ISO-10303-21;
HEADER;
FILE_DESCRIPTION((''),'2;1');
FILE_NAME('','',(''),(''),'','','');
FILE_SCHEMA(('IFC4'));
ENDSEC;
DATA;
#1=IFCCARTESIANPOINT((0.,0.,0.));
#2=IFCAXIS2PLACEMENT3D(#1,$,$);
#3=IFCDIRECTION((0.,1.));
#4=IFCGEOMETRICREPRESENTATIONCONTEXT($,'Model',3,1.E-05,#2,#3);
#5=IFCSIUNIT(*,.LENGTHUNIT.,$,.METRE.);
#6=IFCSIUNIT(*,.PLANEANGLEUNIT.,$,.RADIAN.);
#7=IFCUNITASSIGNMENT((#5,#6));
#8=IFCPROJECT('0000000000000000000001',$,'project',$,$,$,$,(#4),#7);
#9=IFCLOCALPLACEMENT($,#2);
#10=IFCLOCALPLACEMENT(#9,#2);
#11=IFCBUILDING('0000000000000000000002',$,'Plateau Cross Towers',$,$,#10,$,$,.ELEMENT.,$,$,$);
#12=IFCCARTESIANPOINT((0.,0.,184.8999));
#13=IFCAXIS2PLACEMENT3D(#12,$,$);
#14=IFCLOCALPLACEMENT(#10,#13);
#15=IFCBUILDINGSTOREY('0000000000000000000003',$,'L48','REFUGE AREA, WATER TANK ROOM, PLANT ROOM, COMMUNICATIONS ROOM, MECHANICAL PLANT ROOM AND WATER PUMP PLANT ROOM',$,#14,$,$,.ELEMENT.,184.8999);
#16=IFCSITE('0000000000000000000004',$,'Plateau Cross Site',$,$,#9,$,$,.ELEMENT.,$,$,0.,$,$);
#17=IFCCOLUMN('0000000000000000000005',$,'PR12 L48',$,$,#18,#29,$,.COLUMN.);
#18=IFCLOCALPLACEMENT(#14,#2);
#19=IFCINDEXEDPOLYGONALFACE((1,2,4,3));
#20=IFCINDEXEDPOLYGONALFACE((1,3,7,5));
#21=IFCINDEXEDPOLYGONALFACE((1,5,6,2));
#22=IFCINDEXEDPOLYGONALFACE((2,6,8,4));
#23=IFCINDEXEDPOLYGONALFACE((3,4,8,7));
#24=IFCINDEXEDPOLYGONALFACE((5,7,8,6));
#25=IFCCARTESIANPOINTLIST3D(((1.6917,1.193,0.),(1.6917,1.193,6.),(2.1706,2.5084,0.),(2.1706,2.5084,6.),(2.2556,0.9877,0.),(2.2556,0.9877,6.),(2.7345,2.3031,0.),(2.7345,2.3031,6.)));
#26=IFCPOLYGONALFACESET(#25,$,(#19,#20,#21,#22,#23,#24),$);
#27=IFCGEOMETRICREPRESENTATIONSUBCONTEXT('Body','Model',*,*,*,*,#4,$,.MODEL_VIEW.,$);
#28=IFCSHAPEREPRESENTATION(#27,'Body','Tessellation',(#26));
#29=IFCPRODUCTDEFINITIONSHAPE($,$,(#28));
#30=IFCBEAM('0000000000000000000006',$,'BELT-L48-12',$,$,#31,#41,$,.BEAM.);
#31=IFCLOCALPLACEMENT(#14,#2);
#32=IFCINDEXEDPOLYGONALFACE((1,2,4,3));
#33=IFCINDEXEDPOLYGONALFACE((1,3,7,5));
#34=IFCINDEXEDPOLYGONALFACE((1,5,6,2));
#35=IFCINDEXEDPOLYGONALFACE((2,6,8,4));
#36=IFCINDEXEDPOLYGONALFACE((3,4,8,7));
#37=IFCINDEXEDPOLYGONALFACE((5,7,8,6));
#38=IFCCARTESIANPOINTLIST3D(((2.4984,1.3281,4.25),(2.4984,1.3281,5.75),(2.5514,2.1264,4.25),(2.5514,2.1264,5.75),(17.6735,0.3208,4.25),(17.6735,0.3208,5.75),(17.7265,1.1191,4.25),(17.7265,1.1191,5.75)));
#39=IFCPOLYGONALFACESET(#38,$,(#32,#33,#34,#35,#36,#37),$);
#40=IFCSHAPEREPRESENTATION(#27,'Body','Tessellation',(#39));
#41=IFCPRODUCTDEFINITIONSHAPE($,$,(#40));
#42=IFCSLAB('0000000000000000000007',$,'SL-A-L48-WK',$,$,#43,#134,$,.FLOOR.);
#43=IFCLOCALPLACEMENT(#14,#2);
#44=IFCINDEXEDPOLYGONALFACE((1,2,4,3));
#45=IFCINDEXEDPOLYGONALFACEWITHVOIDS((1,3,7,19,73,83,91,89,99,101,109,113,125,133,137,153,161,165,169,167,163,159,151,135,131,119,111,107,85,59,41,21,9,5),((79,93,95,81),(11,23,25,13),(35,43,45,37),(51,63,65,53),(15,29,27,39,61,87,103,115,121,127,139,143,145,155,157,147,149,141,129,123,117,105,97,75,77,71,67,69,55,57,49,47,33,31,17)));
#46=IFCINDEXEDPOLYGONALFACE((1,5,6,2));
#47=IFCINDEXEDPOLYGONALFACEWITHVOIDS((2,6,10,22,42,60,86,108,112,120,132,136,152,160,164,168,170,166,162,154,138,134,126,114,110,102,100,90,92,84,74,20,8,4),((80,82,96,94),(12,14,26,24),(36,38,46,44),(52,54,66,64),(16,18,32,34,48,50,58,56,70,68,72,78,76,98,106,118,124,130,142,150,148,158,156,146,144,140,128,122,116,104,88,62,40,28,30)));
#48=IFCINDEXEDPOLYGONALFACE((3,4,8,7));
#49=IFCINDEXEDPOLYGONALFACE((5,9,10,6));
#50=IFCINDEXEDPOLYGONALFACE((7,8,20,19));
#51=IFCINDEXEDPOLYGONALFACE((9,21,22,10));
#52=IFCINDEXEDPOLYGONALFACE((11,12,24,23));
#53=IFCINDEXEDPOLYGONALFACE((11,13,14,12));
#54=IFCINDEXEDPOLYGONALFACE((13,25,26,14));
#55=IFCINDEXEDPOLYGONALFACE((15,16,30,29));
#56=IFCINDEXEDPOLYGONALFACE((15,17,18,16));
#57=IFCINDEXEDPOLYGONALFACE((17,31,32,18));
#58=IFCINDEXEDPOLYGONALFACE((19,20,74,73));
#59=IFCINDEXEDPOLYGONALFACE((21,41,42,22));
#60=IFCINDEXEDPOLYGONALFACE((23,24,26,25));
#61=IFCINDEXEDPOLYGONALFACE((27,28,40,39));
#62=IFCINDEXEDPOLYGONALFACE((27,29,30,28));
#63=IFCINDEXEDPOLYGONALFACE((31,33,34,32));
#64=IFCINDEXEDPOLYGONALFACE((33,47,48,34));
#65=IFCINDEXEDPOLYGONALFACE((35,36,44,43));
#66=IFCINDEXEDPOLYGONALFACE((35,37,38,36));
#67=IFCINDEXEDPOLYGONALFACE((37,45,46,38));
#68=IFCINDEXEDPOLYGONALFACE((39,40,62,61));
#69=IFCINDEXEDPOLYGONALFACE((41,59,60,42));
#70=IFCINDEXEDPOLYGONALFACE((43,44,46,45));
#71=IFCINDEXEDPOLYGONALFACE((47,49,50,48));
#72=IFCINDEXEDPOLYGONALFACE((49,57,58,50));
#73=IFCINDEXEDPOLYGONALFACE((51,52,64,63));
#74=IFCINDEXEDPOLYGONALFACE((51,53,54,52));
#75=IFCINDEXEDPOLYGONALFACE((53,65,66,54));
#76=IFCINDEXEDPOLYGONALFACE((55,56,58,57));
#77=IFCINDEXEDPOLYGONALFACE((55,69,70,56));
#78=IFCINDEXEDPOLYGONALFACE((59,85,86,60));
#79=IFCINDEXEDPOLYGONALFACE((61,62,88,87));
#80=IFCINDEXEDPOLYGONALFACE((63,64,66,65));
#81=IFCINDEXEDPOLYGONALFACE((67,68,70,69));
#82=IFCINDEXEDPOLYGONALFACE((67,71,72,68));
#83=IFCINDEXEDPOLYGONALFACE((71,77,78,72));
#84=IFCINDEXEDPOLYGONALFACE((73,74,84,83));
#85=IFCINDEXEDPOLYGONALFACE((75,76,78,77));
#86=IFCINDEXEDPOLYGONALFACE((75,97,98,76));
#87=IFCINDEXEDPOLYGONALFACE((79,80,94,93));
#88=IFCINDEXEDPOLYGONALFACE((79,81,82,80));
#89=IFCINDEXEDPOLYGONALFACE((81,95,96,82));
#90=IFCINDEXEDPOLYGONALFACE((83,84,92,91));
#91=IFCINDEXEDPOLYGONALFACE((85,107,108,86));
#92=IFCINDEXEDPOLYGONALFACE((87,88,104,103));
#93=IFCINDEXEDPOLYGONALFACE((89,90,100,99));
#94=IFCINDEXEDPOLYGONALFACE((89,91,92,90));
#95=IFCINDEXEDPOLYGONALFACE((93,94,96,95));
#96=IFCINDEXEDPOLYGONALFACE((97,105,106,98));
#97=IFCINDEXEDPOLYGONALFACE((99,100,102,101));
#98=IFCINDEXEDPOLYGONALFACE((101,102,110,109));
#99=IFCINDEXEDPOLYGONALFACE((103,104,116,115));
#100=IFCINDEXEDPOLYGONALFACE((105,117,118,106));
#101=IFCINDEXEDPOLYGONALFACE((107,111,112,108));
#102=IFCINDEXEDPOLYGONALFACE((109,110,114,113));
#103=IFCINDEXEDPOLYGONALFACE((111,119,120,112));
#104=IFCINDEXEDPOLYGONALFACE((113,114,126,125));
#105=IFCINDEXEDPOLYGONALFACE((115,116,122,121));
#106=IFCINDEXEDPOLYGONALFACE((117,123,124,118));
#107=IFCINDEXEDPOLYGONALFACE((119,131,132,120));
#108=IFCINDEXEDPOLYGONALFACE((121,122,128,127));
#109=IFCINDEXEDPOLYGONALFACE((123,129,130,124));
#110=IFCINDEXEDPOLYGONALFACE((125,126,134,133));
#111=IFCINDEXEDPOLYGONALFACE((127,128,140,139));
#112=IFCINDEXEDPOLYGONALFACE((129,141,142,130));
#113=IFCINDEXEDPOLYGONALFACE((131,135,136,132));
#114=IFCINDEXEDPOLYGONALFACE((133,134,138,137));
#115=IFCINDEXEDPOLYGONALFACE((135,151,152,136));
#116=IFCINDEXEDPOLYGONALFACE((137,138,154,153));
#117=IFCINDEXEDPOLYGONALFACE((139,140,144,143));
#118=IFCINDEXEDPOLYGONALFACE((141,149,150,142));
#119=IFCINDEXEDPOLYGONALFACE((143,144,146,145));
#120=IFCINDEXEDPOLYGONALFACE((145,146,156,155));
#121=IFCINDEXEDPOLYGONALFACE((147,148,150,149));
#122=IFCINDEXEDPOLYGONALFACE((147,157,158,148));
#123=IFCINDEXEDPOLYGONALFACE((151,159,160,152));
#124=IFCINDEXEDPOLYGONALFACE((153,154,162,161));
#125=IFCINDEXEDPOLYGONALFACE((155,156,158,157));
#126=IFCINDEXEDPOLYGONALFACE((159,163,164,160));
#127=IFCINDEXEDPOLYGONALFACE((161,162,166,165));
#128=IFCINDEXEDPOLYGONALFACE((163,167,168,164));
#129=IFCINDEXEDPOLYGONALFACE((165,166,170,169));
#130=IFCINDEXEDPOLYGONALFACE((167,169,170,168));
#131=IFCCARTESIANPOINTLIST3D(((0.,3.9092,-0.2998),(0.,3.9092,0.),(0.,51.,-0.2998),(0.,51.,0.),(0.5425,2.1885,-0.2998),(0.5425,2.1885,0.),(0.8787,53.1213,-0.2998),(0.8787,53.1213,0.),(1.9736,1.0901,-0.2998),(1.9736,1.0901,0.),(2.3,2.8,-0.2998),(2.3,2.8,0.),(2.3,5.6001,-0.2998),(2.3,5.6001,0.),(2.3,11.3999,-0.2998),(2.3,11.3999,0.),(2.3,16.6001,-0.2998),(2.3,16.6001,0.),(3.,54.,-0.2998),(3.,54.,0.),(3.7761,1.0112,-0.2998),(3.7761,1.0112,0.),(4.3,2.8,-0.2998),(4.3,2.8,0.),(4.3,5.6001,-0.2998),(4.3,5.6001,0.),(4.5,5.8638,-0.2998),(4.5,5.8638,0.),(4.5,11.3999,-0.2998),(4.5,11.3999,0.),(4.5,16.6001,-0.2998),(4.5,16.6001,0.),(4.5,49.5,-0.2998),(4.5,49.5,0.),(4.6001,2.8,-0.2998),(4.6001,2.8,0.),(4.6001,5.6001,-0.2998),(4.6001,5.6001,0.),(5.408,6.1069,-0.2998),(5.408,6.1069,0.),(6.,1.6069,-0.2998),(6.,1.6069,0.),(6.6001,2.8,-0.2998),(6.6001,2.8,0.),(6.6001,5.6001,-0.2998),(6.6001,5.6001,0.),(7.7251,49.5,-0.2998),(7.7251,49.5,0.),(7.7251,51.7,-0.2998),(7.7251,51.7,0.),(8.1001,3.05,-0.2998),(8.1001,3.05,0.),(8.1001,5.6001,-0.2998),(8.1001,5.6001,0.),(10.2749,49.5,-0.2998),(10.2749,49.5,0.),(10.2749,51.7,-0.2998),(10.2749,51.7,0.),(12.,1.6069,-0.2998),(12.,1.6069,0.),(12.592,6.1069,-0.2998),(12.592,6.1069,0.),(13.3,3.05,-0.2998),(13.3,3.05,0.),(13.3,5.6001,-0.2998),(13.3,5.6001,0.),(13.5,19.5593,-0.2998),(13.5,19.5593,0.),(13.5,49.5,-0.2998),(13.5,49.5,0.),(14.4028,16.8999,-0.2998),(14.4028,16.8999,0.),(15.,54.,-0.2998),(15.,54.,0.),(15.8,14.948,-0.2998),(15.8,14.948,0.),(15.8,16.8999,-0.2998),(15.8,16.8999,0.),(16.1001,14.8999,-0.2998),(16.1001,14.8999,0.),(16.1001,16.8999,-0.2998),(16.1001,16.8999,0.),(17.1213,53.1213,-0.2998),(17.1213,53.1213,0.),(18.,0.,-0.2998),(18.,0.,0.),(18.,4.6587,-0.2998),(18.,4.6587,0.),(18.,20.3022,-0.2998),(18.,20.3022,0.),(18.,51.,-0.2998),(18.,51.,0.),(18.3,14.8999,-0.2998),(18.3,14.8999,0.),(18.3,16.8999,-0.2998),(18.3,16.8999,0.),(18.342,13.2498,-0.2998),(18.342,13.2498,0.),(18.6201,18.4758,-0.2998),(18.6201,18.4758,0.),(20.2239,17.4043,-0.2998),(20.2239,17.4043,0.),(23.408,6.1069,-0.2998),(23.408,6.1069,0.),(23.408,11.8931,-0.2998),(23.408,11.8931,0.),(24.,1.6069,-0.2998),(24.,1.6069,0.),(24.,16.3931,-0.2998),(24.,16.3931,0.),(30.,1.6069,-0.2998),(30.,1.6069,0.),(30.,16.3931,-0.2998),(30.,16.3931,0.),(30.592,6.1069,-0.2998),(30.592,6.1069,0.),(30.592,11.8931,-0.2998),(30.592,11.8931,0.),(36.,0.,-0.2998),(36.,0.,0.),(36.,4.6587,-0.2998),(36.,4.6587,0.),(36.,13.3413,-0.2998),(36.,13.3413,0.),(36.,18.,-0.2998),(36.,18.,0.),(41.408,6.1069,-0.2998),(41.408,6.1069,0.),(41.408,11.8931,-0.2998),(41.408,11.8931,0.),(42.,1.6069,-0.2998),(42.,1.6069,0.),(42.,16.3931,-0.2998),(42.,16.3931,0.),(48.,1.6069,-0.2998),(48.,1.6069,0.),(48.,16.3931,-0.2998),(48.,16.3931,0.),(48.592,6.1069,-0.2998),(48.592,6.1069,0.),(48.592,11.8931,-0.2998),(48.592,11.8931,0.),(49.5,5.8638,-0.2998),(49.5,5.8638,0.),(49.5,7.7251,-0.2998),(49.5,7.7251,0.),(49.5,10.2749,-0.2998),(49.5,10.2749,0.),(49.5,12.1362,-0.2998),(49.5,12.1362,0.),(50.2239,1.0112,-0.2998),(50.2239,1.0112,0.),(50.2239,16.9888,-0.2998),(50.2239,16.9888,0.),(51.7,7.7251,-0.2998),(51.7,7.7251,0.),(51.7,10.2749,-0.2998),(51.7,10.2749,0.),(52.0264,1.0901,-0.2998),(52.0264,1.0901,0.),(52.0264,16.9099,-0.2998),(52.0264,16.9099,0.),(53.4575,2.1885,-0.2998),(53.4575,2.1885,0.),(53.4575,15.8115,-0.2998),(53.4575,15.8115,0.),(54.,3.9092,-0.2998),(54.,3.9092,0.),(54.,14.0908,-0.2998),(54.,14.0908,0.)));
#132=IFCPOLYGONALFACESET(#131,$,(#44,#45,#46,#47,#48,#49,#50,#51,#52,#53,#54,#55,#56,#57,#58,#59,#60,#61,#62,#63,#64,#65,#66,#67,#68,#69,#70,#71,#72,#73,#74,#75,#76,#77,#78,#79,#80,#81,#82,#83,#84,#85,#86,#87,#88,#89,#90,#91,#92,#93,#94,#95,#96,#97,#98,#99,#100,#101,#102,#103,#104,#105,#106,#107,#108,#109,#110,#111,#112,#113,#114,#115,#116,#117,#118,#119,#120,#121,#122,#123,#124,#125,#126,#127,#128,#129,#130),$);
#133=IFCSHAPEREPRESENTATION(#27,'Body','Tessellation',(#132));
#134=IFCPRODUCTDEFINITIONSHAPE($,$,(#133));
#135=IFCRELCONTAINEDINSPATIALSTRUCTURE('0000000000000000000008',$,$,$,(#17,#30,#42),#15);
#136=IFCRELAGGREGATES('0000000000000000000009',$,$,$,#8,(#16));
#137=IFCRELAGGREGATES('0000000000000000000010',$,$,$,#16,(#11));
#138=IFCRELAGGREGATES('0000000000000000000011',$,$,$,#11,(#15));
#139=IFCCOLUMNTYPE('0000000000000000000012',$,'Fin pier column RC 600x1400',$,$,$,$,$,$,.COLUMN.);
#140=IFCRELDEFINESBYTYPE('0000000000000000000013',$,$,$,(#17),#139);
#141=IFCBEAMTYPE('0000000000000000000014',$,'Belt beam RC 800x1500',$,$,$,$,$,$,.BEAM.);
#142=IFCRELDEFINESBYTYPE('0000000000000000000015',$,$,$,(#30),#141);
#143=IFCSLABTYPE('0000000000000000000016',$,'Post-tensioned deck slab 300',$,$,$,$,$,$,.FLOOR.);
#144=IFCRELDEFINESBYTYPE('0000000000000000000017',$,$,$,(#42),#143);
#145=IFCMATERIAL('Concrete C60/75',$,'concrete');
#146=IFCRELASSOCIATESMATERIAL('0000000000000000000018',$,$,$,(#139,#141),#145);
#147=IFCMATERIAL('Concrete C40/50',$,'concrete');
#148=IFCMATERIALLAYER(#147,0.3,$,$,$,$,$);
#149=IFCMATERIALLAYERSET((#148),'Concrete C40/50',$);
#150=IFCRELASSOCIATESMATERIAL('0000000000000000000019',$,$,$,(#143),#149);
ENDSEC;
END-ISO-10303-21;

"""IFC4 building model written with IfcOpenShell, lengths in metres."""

from ifc_helpers import new_model, si_unit, direction, frame, origin, origin_2d, place, context, subcontext, project, spatial, polyline, rectangle, outline, extrude, material, layer, layer_set, material_profile, profile_set, type_object, element, save


model = new_model("IFC4")

# Units and contexts
model_context = context("Model", 3, precision=1e-05, world=origin(), true_north=direction((0.0, 1.0)))
body_context = subcontext(model_context, "Body", "Model", "MODEL_VIEW")
ifc_project = project(units=[si_unit("LENGTHUNIT", "METRE"), si_unit("PLANEANGLEUNIT", "RADIAN")], contexts=[model_context])

# Site, building, storey
site_placement = place(None, origin())
site = spatial("IfcSite", under=ifc_project, at=site_placement, Name="Plateau Cross Site", CompositionType="ELEMENT", RefElevation=0.0)
building_placement = place(site_placement, origin())
building = spatial("IfcBuilding", under=site, at=building_placement, Name="Plateau Cross Towers", CompositionType="ELEMENT")
storey_placement = place(building_placement, frame((0.0, 0.0, 184.8999)))
storey = spatial("IfcBuildingStorey", under=building, at=storey_placement, Name="L48", Description="REFUGE AREA, WATER TANK ROOM, PLANT ROOM, COMMUNICATIONS ROOM, MECHANICAL PLANT ROOM AND WATER PUMP PLANT ROOM", CompositionType="ELEMENT", Elevation=184.8999)

# Column
ifc_material_1 = material(Name="Concrete C60/75", Category="concrete")
ifc_material_profile_1 = material_profile(ifc_material_1, rectangle(XDim=0.6001, YDim=1.3999, at=origin_2d()), Name="RC 600x1400")
ifc_profile_set_1 = profile_set([ifc_material_profile_1], Name="Concrete C60/75")
column_type = type_object("IfcColumnType", Name="Fin pier column RC 600x1400", PredefinedType="COLUMN", material=ifc_profile_set_1)
column_placement = place(storey_placement, frame((2.2131, 1.748, 0.0), z_axis=(0.0, 0.0, 1.0), x_axis=(-0.939664, 0.342098, 0.0)))
element("IfcColumn", 1, at=column_placement, inside=storey, type_object=column_type, Name="PR12 L48", PredefinedType="COLUMN", context=body_context, shape_type="SweptSolid", body=[
    extrude(rectangle(XDim=0.6001, YDim=1.3999, at=origin_2d()), origin(), (0.0, 0.0, 1.0), 6.0),
])

# Beam
ifc_material_profile_2 = material_profile(ifc_material_1, rectangle(XDim=0.8, YDim=1.5, at=origin_2d()), Name="RC 800x1500")
ifc_profile_set_2 = profile_set([ifc_material_profile_2], Name="Concrete C60/75")
beam_type = type_object("IfcBeamType", Name="Belt beam RC 800x1500", PredefinedType="BEAM", material=ifc_profile_set_2)
beam_placement = place(storey_placement, frame((2.5249, 1.7273, 5.0), z_axis=(0.997804, -0.066235, 0.0), x_axis=(0.066235, 0.997804, 0.0)))
element("IfcBeam", 2, at=beam_placement, inside=storey, type_object=beam_type, Name="BELT-L48-12", PredefinedType="BEAM", context=body_context, shape_type="SweptSolid", body=[
    extrude(rectangle(XDim=0.8, YDim=1.5, at=origin_2d()), origin(), (0.0, 0.0, 1.0), 15.2085),
])

# Slab
ifc_material_2 = material(Name="Concrete C40/50", Category="concrete")
ifc_layer_1 = layer(ifc_material_2, 0.3)
ifc_layer_set_1 = layer_set([ifc_layer_1], Name="Concrete C40/50")
slab_type_1 = type_object("IfcSlabType", Name="Post-tensioned deck slab 300", PredefinedType="FLOOR", material=ifc_layer_set_1)
slab_1_placement = place(storey_placement, frame((0.0, 0.0, -0.2998)))
element("IfcSlab", 3, at=slab_1_placement, inside=storey, type_object=slab_type_1, Name="SL-A-L48-WK", PredefinedType="FLOOR", context=body_context, shape_type="SweptSolid", body=[
    extrude(outline(polyline([(0.5425, 2.1885), (0.0, 3.9092), (0.0, 51.0), (0.8787, 53.1213), (3.0, 54.0), (15.0, 54.0), (17.1213, 53.1213), (18.0, 51.0), (18.0, 20.3022), (18.6201, 18.4758), (20.2239, 17.4043), (24.0, 16.3931), (30.0, 16.3931), (36.0, 18.0), (42.0, 16.3931), (48.0, 16.3931), (50.2239, 16.9888), (52.0264, 16.9099), (53.4575, 15.8115), (54.0, 14.0908), (54.0, 3.9092), (53.4575, 2.1885), (52.0264, 1.0901), (50.2239, 1.0112), (48.0, 1.6069), (42.0, 1.6069), (36.0, 0.0), (30.0, 1.6069), (24.0, 1.6069), (18.0, 0.0), (12.0, 1.6069), (6.0, 1.6069), (3.7761, 1.0112), (1.9736, 1.0901), (0.5425, 2.1885)]), holes=[polyline([(2.3, 5.6001), (2.3, 2.8), (4.3, 2.8), (4.3, 5.6001), (2.3, 5.6001)]), polyline([(4.6001, 5.6001), (4.6001, 2.8), (6.6001, 2.8), (6.6001, 5.6001), (4.6001, 5.6001)]), polyline([(8.1001, 5.6001), (8.1001, 3.05), (13.3, 3.05), (13.3, 5.6001), (8.1001, 5.6001)]), polyline([(49.5, 10.2749), (49.5, 12.1362), (48.592, 11.8931), (41.408, 11.8931), (36.0, 13.3413), (30.592, 11.8931), (23.408, 11.8931), (18.342, 13.2498), (15.8, 14.948), (15.8, 16.8999), (14.4028, 16.8999), (13.5, 19.5593), (13.5, 49.5), (10.2749, 49.5), (10.2749, 51.7), (7.7251, 51.7), (7.7251, 49.5), (4.5, 49.5), (4.5, 16.6001), (2.3, 16.6001), (2.3, 11.3999), (4.5, 11.3999), (4.5, 5.8638), (5.408, 6.1069), (12.592, 6.1069), (18.0, 4.6587), (23.408, 6.1069), (30.592, 6.1069), (36.0, 4.6587), (41.408, 6.1069), (48.592, 6.1069), (49.5, 5.8638), (49.5, 7.7251), (51.7, 7.7251), (51.7, 10.2749), (49.5, 10.2749)]), polyline([(18.3, 16.8999), (16.1001, 16.8999), (16.1001, 14.8999), (18.3, 14.8999), (18.3, 16.8999)])]), origin(), (0.0, 0.0, 1.0), 0.2998),
])

save(model, "model.ifc")
